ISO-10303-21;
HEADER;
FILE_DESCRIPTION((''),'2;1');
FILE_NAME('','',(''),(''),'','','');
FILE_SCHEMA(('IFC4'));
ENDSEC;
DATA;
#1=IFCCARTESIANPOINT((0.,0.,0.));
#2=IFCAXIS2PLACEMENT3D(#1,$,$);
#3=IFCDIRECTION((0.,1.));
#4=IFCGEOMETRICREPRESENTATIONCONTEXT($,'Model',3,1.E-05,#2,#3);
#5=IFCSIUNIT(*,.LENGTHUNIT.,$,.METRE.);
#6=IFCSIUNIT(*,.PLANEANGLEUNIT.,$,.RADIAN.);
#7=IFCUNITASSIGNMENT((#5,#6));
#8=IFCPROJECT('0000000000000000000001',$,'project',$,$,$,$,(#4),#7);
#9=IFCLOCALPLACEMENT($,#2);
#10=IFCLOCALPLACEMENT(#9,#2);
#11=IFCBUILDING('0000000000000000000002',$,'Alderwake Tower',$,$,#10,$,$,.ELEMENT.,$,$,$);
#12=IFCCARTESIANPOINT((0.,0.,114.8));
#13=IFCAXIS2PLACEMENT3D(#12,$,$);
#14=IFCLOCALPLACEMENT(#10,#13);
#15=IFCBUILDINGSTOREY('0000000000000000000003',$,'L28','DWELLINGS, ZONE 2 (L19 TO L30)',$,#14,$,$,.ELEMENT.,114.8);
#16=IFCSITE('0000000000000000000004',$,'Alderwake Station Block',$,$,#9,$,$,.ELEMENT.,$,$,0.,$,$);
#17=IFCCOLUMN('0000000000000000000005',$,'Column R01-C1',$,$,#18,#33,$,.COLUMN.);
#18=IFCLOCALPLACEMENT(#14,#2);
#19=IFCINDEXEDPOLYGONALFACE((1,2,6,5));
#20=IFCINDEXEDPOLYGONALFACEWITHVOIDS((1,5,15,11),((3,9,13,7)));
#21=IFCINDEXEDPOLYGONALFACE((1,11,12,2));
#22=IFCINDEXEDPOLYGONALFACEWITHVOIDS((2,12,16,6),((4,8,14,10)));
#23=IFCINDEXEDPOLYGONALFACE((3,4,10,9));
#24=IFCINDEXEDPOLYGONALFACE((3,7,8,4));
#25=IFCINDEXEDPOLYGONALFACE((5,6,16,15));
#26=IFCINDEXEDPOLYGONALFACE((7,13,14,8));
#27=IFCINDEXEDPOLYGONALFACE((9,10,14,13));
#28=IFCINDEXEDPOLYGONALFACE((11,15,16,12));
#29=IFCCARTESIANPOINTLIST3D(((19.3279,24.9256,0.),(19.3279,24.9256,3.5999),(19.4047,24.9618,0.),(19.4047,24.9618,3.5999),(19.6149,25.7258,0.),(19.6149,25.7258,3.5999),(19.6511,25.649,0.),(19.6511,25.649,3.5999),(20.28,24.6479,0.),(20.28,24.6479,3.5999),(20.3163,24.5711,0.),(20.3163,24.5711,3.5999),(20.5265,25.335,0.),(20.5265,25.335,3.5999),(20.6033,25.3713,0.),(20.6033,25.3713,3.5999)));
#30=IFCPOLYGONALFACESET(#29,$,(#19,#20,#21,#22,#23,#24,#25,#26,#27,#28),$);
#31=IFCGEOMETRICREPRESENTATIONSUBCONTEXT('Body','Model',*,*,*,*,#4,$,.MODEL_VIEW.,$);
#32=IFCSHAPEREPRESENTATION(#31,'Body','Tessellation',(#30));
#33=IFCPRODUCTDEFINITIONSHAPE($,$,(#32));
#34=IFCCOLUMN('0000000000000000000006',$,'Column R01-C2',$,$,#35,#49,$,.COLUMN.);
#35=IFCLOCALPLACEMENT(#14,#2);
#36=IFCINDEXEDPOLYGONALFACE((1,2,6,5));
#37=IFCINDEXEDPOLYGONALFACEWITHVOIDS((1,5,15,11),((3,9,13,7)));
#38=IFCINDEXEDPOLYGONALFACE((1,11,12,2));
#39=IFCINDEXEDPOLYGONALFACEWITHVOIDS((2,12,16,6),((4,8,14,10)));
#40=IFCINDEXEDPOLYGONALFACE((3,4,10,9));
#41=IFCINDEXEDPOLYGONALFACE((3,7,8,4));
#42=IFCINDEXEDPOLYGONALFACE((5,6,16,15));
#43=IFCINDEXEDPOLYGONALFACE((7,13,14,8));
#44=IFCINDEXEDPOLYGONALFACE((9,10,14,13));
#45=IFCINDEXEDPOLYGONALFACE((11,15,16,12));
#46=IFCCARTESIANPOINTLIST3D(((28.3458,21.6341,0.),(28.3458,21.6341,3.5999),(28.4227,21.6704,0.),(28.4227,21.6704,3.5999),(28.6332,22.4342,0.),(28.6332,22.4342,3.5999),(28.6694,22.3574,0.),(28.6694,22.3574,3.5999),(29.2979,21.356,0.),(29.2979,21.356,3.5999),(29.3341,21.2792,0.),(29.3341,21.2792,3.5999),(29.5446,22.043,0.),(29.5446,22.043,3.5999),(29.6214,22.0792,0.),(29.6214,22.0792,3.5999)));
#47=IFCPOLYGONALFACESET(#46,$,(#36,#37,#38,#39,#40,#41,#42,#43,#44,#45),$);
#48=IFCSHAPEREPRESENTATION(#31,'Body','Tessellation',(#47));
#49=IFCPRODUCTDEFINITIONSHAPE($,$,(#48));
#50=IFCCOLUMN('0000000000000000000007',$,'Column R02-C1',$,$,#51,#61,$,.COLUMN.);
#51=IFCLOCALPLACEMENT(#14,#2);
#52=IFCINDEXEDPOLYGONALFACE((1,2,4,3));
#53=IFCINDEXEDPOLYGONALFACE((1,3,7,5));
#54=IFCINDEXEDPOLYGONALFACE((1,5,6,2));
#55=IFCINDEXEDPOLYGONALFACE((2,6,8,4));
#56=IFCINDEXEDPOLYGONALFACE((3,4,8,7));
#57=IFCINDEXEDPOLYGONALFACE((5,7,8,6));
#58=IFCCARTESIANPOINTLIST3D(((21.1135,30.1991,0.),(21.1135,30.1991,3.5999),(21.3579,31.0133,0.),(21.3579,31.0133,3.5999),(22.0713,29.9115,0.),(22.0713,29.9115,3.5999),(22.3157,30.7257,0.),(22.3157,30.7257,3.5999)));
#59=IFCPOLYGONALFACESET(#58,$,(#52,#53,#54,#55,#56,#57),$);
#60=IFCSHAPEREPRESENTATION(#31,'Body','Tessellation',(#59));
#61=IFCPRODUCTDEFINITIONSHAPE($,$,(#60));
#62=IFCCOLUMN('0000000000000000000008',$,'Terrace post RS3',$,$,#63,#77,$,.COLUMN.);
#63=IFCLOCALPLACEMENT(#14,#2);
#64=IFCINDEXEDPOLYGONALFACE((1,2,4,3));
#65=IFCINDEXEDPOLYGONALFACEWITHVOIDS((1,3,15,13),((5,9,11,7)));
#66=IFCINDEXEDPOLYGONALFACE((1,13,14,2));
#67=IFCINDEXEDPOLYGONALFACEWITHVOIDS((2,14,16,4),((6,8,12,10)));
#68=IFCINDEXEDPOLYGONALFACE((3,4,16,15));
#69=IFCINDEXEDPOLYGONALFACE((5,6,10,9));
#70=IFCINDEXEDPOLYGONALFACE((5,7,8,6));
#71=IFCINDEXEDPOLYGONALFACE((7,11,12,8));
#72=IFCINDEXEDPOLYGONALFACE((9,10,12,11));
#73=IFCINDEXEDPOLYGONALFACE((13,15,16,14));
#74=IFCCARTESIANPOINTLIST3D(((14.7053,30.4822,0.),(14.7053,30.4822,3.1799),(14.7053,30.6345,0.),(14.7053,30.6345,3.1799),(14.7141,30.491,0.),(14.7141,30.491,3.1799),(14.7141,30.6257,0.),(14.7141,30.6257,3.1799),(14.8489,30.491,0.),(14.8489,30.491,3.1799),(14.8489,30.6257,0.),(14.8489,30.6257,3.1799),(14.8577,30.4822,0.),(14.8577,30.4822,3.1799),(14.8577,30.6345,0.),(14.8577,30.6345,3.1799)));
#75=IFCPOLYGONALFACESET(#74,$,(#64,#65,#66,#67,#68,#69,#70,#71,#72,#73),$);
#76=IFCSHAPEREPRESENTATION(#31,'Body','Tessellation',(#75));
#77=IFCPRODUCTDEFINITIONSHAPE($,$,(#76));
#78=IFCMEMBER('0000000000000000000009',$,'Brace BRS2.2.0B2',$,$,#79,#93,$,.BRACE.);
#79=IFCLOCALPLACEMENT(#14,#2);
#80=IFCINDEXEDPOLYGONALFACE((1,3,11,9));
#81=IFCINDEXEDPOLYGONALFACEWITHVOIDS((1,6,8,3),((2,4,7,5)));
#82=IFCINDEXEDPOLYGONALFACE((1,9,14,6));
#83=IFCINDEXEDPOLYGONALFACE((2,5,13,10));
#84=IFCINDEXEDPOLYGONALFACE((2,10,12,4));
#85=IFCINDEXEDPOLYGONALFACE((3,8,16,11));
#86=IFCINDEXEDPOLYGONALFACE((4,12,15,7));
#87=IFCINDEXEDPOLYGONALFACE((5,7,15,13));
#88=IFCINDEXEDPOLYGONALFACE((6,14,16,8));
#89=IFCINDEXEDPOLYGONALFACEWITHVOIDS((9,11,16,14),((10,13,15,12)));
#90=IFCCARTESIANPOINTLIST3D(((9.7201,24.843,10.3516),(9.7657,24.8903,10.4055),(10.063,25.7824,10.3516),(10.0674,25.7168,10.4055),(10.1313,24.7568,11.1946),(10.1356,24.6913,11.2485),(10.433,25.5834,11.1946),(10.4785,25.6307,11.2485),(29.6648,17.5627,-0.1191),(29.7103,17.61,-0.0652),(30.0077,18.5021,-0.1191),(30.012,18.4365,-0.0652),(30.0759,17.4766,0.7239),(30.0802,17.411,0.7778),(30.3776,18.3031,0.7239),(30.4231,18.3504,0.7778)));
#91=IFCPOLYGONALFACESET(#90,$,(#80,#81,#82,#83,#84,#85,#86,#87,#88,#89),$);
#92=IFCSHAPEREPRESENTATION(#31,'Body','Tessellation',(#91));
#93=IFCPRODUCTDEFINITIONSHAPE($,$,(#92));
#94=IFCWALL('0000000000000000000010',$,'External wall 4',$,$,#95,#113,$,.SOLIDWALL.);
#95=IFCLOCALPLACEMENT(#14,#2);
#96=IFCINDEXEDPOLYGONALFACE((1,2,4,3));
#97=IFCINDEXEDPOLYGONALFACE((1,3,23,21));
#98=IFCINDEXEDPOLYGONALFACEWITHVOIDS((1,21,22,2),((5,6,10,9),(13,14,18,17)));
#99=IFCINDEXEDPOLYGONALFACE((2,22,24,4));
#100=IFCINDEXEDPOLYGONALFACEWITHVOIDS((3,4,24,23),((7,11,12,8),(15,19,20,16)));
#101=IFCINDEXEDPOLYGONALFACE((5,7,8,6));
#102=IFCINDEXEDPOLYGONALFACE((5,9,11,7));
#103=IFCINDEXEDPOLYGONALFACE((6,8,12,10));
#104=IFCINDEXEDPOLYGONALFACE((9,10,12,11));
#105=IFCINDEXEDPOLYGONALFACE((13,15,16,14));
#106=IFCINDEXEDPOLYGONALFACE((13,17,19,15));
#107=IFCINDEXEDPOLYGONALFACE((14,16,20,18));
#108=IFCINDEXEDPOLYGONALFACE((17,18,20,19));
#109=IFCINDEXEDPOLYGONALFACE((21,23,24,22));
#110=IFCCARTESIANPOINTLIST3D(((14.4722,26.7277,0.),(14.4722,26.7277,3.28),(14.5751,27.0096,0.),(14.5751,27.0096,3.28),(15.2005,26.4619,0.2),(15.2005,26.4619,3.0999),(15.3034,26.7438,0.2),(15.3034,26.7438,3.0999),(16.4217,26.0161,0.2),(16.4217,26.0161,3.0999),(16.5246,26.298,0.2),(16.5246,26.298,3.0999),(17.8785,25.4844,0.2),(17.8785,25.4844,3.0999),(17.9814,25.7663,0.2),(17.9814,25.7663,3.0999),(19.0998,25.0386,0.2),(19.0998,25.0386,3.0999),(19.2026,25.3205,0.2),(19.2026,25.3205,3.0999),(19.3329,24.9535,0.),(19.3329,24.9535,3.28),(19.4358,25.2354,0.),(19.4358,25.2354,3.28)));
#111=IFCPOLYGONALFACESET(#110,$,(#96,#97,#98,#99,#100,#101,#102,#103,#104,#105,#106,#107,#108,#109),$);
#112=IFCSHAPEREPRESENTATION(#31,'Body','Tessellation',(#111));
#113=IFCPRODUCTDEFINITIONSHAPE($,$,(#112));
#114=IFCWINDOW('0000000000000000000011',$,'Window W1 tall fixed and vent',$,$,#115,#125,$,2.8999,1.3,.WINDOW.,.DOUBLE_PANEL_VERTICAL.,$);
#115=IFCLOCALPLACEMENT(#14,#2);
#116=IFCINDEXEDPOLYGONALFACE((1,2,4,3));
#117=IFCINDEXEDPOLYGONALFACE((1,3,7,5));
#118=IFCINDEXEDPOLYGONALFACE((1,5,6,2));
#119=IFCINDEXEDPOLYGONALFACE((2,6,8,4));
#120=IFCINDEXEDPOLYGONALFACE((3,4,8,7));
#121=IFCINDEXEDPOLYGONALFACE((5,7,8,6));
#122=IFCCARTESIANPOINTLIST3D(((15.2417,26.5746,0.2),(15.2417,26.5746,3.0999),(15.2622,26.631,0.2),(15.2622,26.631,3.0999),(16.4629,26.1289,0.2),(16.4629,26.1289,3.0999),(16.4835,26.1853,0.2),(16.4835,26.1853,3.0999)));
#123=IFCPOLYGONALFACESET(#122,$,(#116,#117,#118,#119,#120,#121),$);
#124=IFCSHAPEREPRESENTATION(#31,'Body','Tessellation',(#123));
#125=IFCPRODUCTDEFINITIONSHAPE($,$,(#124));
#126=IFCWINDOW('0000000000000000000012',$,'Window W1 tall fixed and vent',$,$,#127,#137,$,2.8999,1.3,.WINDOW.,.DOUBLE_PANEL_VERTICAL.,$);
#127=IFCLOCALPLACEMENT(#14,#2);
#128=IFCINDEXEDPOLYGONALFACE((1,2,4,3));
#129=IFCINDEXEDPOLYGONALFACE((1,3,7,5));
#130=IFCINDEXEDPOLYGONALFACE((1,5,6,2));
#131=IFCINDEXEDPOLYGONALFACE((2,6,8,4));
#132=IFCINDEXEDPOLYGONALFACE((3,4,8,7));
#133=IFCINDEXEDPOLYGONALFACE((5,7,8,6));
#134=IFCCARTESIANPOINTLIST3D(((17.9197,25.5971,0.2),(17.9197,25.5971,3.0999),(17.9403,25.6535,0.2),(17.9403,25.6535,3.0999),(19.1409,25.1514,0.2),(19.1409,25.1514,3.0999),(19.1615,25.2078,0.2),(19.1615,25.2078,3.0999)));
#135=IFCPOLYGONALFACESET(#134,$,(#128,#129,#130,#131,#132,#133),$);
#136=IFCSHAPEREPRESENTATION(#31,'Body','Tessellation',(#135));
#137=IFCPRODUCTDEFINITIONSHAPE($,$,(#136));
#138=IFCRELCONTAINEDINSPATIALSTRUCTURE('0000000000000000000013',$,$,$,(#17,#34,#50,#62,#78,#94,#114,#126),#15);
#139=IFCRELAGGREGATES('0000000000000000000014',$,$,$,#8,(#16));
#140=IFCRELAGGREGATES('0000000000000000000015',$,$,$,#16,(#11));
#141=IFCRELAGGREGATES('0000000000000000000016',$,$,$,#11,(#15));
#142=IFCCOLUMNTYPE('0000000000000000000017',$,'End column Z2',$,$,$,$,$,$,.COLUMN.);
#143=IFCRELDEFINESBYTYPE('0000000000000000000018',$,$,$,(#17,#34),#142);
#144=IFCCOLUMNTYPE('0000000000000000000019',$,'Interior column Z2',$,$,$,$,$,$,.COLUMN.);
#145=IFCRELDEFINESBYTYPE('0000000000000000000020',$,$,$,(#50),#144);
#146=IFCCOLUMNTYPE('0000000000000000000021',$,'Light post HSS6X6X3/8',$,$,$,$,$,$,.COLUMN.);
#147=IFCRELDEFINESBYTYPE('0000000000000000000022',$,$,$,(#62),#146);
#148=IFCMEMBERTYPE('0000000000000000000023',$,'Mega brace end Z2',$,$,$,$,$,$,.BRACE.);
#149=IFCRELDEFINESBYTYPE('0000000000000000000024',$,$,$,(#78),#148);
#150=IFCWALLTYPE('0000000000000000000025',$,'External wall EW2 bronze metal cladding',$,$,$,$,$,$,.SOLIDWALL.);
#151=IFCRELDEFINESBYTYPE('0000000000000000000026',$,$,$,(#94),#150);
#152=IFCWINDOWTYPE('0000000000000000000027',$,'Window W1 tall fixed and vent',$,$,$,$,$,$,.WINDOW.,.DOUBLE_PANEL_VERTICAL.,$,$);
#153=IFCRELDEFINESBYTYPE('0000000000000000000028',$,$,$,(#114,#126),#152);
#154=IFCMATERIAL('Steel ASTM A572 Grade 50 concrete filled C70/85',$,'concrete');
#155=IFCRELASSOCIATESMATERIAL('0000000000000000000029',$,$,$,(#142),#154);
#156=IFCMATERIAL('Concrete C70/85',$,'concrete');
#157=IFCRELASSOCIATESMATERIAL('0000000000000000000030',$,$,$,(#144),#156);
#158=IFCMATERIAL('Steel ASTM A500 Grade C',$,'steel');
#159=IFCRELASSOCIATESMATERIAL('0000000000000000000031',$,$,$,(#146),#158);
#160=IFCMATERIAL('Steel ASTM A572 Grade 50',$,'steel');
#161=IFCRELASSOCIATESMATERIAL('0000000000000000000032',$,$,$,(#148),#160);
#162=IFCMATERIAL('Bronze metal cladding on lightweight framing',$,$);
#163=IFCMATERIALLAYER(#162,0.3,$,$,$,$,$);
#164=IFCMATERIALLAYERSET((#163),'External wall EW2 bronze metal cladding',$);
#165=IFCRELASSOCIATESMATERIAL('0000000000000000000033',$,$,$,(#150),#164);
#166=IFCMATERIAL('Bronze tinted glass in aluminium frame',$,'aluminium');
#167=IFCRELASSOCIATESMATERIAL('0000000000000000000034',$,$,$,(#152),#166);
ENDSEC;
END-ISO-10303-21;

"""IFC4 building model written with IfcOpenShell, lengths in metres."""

from ifc_helpers import new_model, si_unit, direction, frame, frame_2d, origin, origin_2d, place, context, subcontext, project, spatial, rectangle, hollow_rectangle, extrude, material, layer, layer_set, material_profile, profile_set, type_object, element, fill, save


model = new_model("IFC4")

# Units and contexts
model_context = context("Model", 3, precision=1e-05, world=origin(), true_north=direction((0.0, 1.0)))
body_context = subcontext(model_context, "Body", "Model", "MODEL_VIEW")
ifc_project = project(units=[si_unit("LENGTHUNIT", "METRE"), si_unit("PLANEANGLEUNIT", "RADIAN")], contexts=[model_context])

# Site, building, storey
site_placement = place(None, origin())
site = spatial("IfcSite", under=ifc_project, at=site_placement, Name="Alderwake Station Block", CompositionType="ELEMENT", RefElevation=0.0)
building_placement = place(site_placement, origin())
building = spatial("IfcBuilding", under=site, at=building_placement, Name="Alderwake Tower", CompositionType="ELEMENT")
storey_placement = place(building_placement, frame((0.0, 0.0, 114.8)))
storey = spatial("IfcBuildingStorey", under=building, at=storey_placement, Name="L28", Description="DWELLINGS, ZONE 2 (L19 TO L30)", CompositionType="ELEMENT", Elevation=114.8)

# Columns
ifc_material_1 = material(Name="Steel ASTM A572 Grade 50 concrete filled C70/85", Category="concrete")
ifc_material_profile_1 = material_profile(ifc_material_1, hollow_rectangle(XDim=0.8501, YDim=1.05, WallThickness=0.0601, at=origin_2d()), Name="BOX 1050X850X60")
ifc_profile_set_1 = profile_set([ifc_material_profile_1], Name="Steel ASTM A572 Grade 50 concrete filled C70/85")
column_type_1 = type_object("IfcColumnType", Name="End column Z2", PredefinedType="COLUMN", material=ifc_profile_set_1)
for number, where, z_axis, x_axis, name in (
    (1, (19.9656, 25.1484, 0.0), (0.0, 0.0, 1.0), (0.337585, 0.941295, 0.0), "Column R01-C1"),
    (2, (28.9836, 21.8567, 0.0), (0.0, 0.0, 1.0), (0.338027, 0.941136, 0.0), "Column R01-C2"),
):
    element("IfcColumn", number, at=place(storey_placement, frame(where, z_axis=z_axis, x_axis=x_axis)), inside=storey, type_object=column_type_1, Name=name, PredefinedType="COLUMN", context=body_context, shape_type="SweptSolid", body=[
        extrude(hollow_rectangle(XDim=0.8501, YDim=1.05, WallThickness=0.0601, at=origin_2d()), origin(), (0.0, 0.0, 1.0), 3.5999),
    ])
ifc_material_2 = material(Name="Concrete C70/85", Category="concrete")
ifc_material_profile_2 = material_profile(ifc_material_2, rectangle(XDim=0.8501, YDim=1.0, at=origin_2d()), Name="RC 1000X850")
ifc_profile_set_2 = profile_set([ifc_material_profile_2], Name="Concrete C70/85")
column_type_2 = type_object("IfcColumnType", Name="Interior column Z2", PredefinedType="COLUMN", material=ifc_profile_set_2)
column_1_placement = place(storey_placement, frame((21.7146, 30.4624, 0.0), z_axis=(0.0, 0.0, 1.0), x_axis=(0.287549, 0.957766, 0.0)))
element("IfcColumn", 3, at=column_1_placement, inside=storey, type_object=column_type_2, Name="Column R02-C1", PredefinedType="COLUMN", context=body_context, shape_type="SweptSolid", body=[
    extrude(rectangle(XDim=0.8501, YDim=1.0, at=origin_2d()), origin(), (0.0, 0.0, 1.0), 3.5999),
])
ifc_material_3 = material(Name="Steel ASTM A500 Grade C", Category="steel")
ifc_material_profile_3 = material_profile(ifc_material_3, hollow_rectangle(XDim=0.1523, YDim=0.1523, WallThickness=0.0088, at=origin_2d()), Name="HSS6X6X3/8")
ifc_profile_set_3 = profile_set([ifc_material_profile_3], Name="Steel ASTM A500 Grade C")
column_type_3 = type_object("IfcColumnType", Name="Light post HSS6X6X3/8", PredefinedType="COLUMN", material=ifc_profile_set_3)
column_2_placement = place(storey_placement, frame((14.7815, 30.5583, 0.0), z_axis=(0.0, 0.0, 1.0), x_axis=(1.0, 0.0, 0.0)))
element("IfcColumn", 4, at=column_2_placement, inside=storey, type_object=column_type_3, Name="Terrace post RS3", PredefinedType="COLUMN", context=body_context, shape_type="SweptSolid", body=[
    extrude(hollow_rectangle(XDim=0.1523, YDim=0.1523, WallThickness=0.0088, at=origin_2d()), origin(), (0.0, 0.0, 1.0), 3.1799),
])

# Member
ifc_material_4 = material(Name="Steel ASTM A572 Grade 50", Category="steel")
ifc_material_profile_4 = material_profile(ifc_material_4, hollow_rectangle(XDim=1.0, YDim=1.0, WallThickness=0.0601, at=origin_2d()), Name="BOX 1000X1000X60")
ifc_profile_set_4 = profile_set([ifc_material_profile_4], Name="Steel ASTM A572 Grade 50")
member_type = type_object("IfcMemberType", Name="Mega brace end Z2", PredefinedType="BRACE", material=ifc_profile_set_4)
member_placement = place(storey_placement, frame((30.0439, 17.9565, 0.3293), z_axis=(-0.842493, 0.307531, 0.4423), x_axis=(-0.342895, -0.939374, 0.0)))
element("IfcMember", 5, at=member_placement, inside=storey, type_object=member_type, Name="Brace BRS2.2.0B2", PredefinedType="BRACE", context=body_context, shape_type="SweptSolid", body=[
    extrude(hollow_rectangle(XDim=1.0, YDim=1.0, WallThickness=0.0601, at=origin_2d()), origin(), (0.0, 0.0, 1.0), 23.6733),
])

# Shared definitions
ifc_material_5 = material(Name="Bronze metal cladding on lightweight framing")
ifc_layer_1 = layer(ifc_material_5, 0.3)
ifc_layer_set_1 = layer_set([ifc_layer_1], Name="External wall EW2 bronze metal cladding")
wall_type_1 = type_object("IfcWallType", Name="External wall EW2 bronze metal cladding", PredefinedType="SOLIDWALL", material=ifc_layer_set_1)
ifc_material_6 = material(Name="Bronze tinted glass in aluminium frame", Category="aluminium")
window_type_1 = type_object("IfcWindowType", Name="Window W1 tall fixed and vent", PartitioningType="DOUBLE_PANEL_VERTICAL", PredefinedType="WINDOW", material=ifc_material_6)

# Wall, openings, windows
wall_1_placement = place(storey_placement, frame((14.5237, 26.8687, 0.0), z_axis=(0.0, 0.0, 1.0), x_axis=(0.939378, -0.342883, 0.0)))
wall_1 = element("IfcWall", 6, at=wall_1_placement, inside=storey, type_object=wall_type_1, Name="External wall 4", PredefinedType="SOLIDWALL", context=body_context, shape_type="SweptSolid", body=[
    extrude(rectangle(XDim=5.1743, YDim=0.3, at=frame_2d((2.5872, 0.0))), origin(), (0.0, 0.0, 1.0), 3.28),
])
opening_1_placement = place(wall_1_placement, frame((0.7754, 0.0, 0.2)))
opening_1 = element("IfcOpeningElement", 7, at=opening_1_placement, cuts=wall_1, PredefinedType="OPENING", context=body_context, shape_type="SweptSolid", body=[
    extrude(rectangle(XDim=1.3, YDim=2.8999, at=frame_2d((0.6499, 1.45))), frame((0.0, 0.1599, 0.0), z_axis=(0.0, -1.0, 0.0), x_axis=(1.0, 0.0, 0.0)), (0.0, 0.0, 1.0), 0.3201),
])
opening_2_placement = place(wall_1_placement, frame((3.6262, 0.0, 0.2)))
opening_2 = element("IfcOpeningElement", 8, at=opening_2_placement, cuts=wall_1, PredefinedType="OPENING", context=body_context, shape_type="SweptSolid", body=[
    extrude(rectangle(XDim=1.3, YDim=2.8999, at=frame_2d((0.6499, 1.45))), frame((0.0, 0.1599, 0.0), z_axis=(0.0, -1.0, 0.0), x_axis=(1.0, 0.0, 0.0)), (0.0, 0.0, 1.0), 0.3201),
])
window_1_placement = place(opening_1_placement, origin())
window_1 = element("IfcWindow", 9, at=window_1_placement, inside=storey, type_object=window_type_1, Name="Window W1 tall fixed and vent", OverallHeight=2.8999, OverallWidth=1.3, PartitioningType="DOUBLE_PANEL_VERTICAL", PredefinedType="WINDOW", context=body_context, shape_type="SweptSolid", body=[
    extrude(rectangle(XDim=1.3, YDim=2.8999, at=frame_2d((0.6499, 1.45))), frame((0.0, 0.03, 0.0), z_axis=(0.0, -1.0, 0.0), x_axis=(1.0, 0.0, 0.0)), (0.0, 0.0, 1.0), 0.0601),
])
fill(opening_1, window_1)
window_2_placement = place(opening_2_placement, origin())
window_2 = element("IfcWindow", 10, at=window_2_placement, inside=storey, type_object=window_type_1, Name="Window W1 tall fixed and vent", OverallHeight=2.8999, OverallWidth=1.3, PartitioningType="DOUBLE_PANEL_VERTICAL", PredefinedType="WINDOW", context=body_context, shape_type="SweptSolid", body=[
    extrude(rectangle(XDim=1.3, YDim=2.8999, at=frame_2d((0.6499, 1.45))), frame((0.0, 0.03, 0.0), z_axis=(0.0, -1.0, 0.0), x_axis=(1.0, 0.0, 0.0)), (0.0, 0.0, 1.0), 0.0601),
])
fill(opening_2, window_2)

save(model, "model.ifc")
